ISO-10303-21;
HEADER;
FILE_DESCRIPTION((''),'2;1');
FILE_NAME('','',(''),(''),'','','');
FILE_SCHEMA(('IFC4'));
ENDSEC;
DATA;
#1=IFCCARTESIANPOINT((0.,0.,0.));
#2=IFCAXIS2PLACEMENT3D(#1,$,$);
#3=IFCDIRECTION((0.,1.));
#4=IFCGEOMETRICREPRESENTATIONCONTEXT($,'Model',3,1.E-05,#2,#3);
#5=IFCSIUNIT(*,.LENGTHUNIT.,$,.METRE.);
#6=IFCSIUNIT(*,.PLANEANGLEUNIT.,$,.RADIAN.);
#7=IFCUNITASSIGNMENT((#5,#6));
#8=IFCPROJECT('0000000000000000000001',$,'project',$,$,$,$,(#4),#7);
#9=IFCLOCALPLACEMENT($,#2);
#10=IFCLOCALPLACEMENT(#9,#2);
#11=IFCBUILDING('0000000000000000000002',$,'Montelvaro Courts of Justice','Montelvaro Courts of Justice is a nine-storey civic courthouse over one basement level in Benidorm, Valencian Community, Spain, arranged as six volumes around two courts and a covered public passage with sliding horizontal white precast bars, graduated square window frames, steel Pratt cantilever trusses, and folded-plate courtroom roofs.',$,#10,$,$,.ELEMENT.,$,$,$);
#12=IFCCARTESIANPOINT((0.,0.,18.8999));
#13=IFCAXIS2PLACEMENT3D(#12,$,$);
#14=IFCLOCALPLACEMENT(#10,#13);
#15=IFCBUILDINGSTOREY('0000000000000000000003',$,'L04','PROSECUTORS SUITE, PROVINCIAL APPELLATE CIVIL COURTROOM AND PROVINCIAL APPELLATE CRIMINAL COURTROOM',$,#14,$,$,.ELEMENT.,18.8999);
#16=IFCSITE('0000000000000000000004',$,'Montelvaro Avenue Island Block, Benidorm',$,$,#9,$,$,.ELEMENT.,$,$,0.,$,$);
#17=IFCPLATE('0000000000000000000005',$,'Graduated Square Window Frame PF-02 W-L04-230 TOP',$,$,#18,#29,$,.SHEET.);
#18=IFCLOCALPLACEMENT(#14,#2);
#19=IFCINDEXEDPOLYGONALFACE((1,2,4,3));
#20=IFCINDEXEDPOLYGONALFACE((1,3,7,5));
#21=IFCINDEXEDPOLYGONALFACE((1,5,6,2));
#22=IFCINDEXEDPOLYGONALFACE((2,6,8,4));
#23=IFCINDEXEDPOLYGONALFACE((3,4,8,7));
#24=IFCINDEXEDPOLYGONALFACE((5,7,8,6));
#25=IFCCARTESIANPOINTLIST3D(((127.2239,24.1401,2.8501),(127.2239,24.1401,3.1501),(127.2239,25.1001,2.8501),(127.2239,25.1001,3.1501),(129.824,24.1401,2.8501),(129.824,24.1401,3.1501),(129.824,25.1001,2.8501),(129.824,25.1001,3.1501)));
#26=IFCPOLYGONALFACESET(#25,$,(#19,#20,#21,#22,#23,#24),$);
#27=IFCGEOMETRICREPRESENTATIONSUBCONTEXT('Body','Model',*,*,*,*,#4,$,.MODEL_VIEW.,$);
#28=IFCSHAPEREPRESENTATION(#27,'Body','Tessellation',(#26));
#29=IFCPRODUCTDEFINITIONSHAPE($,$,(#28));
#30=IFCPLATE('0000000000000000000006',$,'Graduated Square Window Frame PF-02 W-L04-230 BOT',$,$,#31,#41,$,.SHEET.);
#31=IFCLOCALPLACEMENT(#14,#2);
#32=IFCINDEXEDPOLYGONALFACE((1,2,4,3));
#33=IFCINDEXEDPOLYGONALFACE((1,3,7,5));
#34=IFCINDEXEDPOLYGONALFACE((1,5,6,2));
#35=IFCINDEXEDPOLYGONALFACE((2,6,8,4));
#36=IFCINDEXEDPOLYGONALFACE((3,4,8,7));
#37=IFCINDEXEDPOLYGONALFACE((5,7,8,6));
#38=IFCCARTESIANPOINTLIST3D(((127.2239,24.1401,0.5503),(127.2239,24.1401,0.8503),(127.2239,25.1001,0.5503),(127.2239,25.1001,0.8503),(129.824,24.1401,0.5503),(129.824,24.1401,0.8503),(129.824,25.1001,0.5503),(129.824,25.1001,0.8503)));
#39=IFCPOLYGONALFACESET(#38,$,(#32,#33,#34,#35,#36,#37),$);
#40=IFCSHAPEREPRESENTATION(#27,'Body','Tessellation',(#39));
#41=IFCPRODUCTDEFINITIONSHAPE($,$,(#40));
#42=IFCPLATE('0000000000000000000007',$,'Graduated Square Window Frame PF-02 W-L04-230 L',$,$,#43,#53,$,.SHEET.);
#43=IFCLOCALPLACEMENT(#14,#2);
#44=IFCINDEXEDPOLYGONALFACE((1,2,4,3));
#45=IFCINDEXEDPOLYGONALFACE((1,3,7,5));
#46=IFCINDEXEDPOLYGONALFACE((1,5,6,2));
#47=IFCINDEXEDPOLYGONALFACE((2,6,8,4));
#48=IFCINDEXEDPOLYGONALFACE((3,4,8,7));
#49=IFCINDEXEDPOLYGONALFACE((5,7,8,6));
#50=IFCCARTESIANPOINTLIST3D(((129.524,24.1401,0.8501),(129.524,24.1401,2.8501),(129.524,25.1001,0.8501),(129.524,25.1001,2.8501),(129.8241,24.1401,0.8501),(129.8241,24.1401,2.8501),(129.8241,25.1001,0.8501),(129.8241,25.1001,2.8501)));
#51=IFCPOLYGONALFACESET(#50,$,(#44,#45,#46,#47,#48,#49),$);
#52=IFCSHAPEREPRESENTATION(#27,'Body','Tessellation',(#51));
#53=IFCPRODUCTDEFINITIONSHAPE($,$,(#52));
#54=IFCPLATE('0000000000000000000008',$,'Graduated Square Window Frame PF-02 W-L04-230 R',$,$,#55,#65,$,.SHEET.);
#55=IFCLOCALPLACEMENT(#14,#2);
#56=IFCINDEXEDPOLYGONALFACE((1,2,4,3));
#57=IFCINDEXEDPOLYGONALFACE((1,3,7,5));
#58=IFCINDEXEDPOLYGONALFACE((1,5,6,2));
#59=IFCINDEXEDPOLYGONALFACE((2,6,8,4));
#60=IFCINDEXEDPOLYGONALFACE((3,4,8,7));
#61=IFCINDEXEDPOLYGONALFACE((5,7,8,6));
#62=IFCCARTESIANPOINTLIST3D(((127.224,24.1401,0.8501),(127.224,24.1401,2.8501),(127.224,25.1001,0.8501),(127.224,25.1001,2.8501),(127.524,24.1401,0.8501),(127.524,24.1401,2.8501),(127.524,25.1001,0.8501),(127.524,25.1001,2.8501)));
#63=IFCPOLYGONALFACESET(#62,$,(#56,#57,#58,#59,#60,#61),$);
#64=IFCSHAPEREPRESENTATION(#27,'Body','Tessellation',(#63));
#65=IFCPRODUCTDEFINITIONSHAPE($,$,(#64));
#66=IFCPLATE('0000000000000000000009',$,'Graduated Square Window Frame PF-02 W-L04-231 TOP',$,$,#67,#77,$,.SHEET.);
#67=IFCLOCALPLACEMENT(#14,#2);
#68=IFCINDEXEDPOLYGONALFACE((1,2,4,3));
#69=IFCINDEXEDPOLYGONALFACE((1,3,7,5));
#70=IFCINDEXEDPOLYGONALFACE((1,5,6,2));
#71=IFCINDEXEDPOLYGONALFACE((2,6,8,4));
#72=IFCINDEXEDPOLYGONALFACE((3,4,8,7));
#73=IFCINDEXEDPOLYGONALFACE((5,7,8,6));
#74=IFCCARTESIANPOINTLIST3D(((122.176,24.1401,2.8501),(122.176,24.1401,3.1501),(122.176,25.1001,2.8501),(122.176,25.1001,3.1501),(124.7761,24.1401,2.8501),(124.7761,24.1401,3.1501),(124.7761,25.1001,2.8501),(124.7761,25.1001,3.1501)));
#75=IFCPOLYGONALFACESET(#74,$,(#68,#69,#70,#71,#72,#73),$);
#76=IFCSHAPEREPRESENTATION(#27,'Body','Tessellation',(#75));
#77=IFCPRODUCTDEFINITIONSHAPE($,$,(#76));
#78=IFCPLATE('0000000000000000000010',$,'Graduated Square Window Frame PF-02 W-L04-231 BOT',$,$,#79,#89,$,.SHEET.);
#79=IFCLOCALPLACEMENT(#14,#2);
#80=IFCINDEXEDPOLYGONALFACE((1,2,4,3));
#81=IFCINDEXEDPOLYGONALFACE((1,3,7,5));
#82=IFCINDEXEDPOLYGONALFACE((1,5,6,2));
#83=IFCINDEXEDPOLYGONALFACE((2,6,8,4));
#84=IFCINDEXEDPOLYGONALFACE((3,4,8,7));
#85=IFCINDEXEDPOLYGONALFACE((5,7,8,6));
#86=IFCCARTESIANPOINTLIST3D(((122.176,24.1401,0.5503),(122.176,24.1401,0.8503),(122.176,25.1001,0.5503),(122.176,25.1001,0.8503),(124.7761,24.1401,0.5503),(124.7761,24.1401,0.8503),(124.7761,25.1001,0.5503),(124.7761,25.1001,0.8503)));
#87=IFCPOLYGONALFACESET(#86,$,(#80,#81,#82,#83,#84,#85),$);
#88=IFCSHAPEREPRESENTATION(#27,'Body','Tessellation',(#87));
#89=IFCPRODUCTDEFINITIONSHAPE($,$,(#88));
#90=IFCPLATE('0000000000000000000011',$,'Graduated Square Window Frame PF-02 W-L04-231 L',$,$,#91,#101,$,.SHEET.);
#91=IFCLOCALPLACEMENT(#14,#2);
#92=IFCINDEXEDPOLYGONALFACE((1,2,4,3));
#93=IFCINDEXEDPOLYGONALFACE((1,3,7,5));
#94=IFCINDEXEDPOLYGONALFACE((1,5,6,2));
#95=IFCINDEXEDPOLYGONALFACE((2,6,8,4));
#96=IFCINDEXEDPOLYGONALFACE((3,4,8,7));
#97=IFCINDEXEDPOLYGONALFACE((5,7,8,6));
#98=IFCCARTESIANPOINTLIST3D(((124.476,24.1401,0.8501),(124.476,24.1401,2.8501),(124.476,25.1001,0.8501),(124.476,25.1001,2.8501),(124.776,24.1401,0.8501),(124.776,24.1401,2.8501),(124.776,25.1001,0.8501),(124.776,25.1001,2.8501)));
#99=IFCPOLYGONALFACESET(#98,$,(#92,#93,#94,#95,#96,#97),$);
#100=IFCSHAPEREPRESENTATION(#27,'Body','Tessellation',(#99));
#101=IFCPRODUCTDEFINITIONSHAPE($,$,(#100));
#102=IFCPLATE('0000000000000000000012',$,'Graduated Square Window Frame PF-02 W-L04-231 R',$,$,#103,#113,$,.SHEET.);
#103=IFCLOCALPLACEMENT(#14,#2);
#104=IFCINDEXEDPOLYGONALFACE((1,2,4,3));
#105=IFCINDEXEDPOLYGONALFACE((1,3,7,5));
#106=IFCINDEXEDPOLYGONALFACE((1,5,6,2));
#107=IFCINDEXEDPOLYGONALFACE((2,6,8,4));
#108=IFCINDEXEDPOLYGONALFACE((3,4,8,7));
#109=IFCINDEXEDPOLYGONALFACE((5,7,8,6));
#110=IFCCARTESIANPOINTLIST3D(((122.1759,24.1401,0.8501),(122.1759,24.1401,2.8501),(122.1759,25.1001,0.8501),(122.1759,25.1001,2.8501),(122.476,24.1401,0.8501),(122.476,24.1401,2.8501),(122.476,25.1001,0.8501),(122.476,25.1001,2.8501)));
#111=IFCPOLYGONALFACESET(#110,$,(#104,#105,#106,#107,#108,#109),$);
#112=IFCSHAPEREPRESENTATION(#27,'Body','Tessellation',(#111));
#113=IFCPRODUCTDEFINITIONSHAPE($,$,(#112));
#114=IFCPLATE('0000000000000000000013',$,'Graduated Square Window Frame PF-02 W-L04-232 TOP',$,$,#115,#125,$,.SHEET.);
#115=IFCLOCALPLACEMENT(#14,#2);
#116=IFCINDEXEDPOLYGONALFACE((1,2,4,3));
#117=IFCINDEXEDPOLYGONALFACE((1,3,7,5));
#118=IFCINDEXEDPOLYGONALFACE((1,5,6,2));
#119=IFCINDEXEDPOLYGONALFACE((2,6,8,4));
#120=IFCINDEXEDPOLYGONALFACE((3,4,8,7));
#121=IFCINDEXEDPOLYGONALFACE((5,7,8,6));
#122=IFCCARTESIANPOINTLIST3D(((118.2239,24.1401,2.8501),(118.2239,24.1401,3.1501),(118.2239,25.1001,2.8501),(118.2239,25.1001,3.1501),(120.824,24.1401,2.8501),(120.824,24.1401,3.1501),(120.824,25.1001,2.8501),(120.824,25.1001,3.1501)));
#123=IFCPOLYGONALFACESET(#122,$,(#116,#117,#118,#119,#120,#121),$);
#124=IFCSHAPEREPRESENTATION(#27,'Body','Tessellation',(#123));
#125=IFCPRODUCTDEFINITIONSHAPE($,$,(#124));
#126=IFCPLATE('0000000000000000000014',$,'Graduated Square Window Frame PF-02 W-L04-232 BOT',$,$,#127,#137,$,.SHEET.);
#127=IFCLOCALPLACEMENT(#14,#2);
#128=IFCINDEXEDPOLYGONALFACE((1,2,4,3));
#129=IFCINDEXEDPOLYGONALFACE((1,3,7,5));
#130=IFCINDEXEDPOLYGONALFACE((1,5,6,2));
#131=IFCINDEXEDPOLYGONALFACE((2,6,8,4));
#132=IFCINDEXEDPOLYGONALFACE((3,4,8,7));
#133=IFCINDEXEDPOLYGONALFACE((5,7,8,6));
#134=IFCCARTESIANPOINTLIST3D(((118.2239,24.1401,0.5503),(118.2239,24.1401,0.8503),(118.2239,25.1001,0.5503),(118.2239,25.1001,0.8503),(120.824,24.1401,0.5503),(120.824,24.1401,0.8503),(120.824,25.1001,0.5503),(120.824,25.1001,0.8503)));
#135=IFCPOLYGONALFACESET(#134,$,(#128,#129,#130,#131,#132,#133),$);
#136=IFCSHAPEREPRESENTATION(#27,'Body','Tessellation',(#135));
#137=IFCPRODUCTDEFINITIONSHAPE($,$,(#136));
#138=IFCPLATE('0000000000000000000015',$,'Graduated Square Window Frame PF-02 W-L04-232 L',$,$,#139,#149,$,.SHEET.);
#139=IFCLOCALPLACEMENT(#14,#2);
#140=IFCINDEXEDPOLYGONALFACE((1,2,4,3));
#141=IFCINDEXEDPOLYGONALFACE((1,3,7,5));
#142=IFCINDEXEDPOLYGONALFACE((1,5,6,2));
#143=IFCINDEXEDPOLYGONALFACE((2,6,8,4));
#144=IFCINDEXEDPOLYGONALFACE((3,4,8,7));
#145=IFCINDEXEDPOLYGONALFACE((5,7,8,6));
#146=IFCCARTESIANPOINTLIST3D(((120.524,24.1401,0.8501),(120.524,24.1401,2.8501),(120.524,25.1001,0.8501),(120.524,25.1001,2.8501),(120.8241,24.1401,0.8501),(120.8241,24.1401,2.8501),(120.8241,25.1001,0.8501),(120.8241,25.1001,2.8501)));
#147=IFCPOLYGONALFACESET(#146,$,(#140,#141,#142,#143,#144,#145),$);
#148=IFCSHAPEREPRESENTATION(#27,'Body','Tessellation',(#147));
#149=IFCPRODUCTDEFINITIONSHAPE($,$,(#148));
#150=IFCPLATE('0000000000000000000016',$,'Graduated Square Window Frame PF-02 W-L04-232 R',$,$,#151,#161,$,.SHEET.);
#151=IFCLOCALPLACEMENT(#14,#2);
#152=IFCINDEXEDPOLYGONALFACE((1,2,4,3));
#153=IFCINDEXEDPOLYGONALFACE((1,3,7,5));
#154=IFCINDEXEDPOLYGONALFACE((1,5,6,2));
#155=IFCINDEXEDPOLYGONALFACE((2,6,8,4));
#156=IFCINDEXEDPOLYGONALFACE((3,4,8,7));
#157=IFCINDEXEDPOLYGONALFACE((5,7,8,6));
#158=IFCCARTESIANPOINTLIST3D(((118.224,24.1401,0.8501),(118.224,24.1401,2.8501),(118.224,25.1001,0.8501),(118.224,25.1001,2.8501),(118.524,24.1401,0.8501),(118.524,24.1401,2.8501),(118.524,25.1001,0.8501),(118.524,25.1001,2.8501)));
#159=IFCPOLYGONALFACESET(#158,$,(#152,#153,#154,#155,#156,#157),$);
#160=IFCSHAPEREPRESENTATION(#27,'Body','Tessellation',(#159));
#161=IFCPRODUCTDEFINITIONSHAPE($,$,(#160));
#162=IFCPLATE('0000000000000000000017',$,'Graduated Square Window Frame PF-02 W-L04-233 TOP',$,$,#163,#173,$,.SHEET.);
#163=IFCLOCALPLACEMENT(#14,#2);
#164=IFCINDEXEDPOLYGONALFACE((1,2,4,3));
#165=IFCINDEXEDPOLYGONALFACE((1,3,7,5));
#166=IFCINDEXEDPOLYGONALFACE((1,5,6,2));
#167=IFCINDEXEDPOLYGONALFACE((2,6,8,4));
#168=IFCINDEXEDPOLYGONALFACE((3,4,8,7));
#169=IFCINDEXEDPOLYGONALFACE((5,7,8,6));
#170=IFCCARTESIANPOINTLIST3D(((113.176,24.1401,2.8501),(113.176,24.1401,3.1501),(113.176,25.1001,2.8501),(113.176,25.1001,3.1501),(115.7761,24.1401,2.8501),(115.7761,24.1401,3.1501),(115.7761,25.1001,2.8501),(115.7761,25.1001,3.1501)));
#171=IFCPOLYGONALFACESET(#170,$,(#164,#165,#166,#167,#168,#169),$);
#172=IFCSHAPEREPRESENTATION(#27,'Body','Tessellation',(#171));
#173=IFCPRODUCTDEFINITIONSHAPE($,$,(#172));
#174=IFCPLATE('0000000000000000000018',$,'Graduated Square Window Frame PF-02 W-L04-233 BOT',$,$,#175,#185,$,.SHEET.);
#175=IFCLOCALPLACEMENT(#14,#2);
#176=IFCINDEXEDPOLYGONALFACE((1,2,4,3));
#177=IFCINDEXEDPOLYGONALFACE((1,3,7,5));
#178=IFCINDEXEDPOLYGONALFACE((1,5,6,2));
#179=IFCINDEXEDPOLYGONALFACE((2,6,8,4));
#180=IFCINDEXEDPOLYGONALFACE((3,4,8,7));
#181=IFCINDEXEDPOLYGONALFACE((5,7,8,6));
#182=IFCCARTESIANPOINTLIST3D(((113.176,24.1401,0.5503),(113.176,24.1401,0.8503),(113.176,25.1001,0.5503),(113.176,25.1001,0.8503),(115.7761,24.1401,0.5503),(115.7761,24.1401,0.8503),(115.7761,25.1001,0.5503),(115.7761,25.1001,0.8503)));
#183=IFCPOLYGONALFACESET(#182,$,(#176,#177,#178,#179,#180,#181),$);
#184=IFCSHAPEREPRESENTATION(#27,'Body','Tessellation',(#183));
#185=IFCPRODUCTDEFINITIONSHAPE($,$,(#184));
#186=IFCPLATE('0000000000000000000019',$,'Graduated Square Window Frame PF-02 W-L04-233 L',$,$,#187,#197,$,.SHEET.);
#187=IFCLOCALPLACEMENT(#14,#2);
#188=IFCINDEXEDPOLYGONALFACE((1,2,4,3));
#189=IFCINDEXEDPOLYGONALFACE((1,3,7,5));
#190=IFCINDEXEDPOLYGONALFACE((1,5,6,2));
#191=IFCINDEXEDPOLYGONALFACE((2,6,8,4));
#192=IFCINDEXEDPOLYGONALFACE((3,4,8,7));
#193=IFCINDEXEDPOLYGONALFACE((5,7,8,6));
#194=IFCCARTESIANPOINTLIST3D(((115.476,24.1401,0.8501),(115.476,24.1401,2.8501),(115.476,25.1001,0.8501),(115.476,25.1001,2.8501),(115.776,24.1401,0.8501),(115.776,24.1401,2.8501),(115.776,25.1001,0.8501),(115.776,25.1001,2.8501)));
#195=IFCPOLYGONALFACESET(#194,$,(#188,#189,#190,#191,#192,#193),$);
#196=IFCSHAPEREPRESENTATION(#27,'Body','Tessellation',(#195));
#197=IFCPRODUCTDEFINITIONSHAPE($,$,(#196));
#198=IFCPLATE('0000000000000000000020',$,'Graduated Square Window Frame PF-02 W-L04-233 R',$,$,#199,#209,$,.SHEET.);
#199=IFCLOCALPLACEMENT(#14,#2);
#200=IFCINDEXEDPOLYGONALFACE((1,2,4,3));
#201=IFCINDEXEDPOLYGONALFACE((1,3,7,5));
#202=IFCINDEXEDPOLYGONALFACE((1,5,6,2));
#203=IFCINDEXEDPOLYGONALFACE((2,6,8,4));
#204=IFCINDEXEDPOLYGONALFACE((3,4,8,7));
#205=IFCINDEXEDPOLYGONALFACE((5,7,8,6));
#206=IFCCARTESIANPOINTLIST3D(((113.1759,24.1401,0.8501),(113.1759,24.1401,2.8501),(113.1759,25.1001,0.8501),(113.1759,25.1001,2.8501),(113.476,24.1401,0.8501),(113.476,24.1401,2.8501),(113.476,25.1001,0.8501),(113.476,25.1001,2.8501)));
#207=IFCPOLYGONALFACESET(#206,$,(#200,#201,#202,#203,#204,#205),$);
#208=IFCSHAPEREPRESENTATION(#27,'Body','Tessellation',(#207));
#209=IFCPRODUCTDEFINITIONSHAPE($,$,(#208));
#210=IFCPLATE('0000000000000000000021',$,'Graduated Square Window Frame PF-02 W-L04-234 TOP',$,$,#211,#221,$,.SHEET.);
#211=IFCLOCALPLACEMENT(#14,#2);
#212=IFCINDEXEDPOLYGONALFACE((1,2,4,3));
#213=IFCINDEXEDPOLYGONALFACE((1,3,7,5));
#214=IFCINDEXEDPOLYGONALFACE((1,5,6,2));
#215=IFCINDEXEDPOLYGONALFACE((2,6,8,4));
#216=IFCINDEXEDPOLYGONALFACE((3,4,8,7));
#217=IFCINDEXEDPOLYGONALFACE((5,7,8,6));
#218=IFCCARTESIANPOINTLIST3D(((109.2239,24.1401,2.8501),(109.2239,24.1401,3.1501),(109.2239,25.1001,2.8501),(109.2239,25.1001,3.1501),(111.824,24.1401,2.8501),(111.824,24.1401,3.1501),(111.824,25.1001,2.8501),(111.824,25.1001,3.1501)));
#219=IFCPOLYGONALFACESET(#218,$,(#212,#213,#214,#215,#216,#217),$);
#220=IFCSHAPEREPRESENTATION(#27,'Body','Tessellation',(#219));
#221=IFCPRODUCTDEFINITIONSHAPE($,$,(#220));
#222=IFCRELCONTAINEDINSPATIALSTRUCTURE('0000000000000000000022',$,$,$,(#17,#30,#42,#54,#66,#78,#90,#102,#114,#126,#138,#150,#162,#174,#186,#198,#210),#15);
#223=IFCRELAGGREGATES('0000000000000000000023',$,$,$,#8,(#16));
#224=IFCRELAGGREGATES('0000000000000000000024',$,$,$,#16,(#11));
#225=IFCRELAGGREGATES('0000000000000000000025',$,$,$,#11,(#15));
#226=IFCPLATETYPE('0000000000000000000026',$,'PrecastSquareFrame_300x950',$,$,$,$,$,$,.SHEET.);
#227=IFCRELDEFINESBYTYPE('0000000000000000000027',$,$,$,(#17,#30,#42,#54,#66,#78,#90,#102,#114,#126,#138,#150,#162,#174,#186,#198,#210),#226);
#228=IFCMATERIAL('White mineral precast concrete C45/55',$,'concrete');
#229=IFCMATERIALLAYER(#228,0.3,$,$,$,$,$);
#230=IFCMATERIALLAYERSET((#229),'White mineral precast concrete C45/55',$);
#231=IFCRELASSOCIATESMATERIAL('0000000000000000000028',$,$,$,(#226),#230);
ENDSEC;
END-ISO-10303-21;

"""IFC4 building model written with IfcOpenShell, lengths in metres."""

from ifc_helpers import new_model, si_unit, direction, frame, origin, origin_2d, place, context, subcontext, project, spatial, rectangle, extrude, material, layer, layer_set, type_object, element, save


model = new_model("IFC4")

# Units and contexts
model_context = context("Model", 3, precision=1e-05, world=origin(), true_north=direction((0.0, 1.0)))
body_context = subcontext(model_context, "Body", "Model", "MODEL_VIEW")
ifc_project = project(units=[si_unit("LENGTHUNIT", "METRE"), si_unit("PLANEANGLEUNIT", "RADIAN")], contexts=[model_context])

# Site, building, storey
site_placement = place(None, origin())
site = spatial("IfcSite", under=ifc_project, at=site_placement, Name="Montelvaro Avenue Island Block, Benidorm", CompositionType="ELEMENT", RefElevation=0.0)
building_placement = place(site_placement, origin())
building = spatial("IfcBuilding", under=site, at=building_placement, Name="Montelvaro Courts of Justice", Description="Montelvaro Courts of Justice is a nine-storey civic courthouse over one basement level in Benidorm, Valencian Community, Spain, arranged as six volumes around two courts and a covered public passage with sliding horizontal white precast bars, graduated square window frames, steel Pratt cantilever trusses, and folded-plate courtroom roofs.", CompositionType="ELEMENT")
storey_placement = place(building_placement, frame((0.0, 0.0, 18.8999)))
storey = spatial("IfcBuildingStorey", under=building, at=storey_placement, Name="L04", Description="PROSECUTORS SUITE, PROVINCIAL APPELLATE CIVIL COURTROOM AND PROVINCIAL APPELLATE CRIMINAL COURTROOM", CompositionType="ELEMENT", Elevation=18.8999)

# Plates
ifc_material_1 = material(Name="White mineral precast concrete C45/55", Category="concrete")
ifc_layer_1 = layer(ifc_material_1, 0.3)
ifc_layer_set_1 = layer_set([ifc_layer_1], Name="White mineral precast concrete C45/55")
plate_type_1 = type_object("IfcPlateType", Name="PrecastSquareFrame_300x950", PredefinedType="SHEET", material=ifc_layer_set_1)
for number, where, z_axis, x_axis, name in (
    (1, (128.5239, 24.6201, 2.8501), (0.0, 0.0, 1.0), (-1.0, 0.0, 0.0), "Graduated Square Window Frame PF-02 W-L04-230 TOP"),
    (2, (128.5239, 24.6201, 0.5503), (0.0, 0.0, 1.0), (-1.0, 0.0, 0.0), "Graduated Square Window Frame PF-02 W-L04-230 BOT"),
):
    element("IfcPlate", number, at=place(storey_placement, frame(where, z_axis=z_axis, x_axis=x_axis)), inside=storey, type_object=plate_type_1, Name=name, PredefinedType="SHEET", context=body_context, shape_type="SweptSolid", body=[
        extrude(rectangle(XDim=2.6001, YDim=0.96, at=origin_2d()), origin(), (0.0, 0.0, 1.0), 0.3),
    ])
for number, where, z_axis, x_axis, name in (
    (3, (129.6741, 24.6201, 0.8501), (0.0, 0.0, 1.0), (-1.0, 0.0, 0.0), "Graduated Square Window Frame PF-02 W-L04-230 L"),
    (4, (127.374, 24.6201, 0.8501), (0.0, 0.0, 1.0), (-1.0, 0.0, 0.0), "Graduated Square Window Frame PF-02 W-L04-230 R"),
):
    element("IfcPlate", number, at=place(storey_placement, frame(where, z_axis=z_axis, x_axis=x_axis)), inside=storey, type_object=plate_type_1, Name=name, PredefinedType="SHEET", context=body_context, shape_type="SweptSolid", body=[
        extrude(rectangle(XDim=0.3, YDim=0.96, at=origin_2d()), origin(), (0.0, 0.0, 1.0), 2.0),
    ])
for number, where, z_axis, x_axis, name in (
    (5, (123.4761, 24.6201, 2.8501), (0.0, 0.0, 1.0), (-1.0, 0.0, 0.0), "Graduated Square Window Frame PF-02 W-L04-231 TOP"),
    (6, (123.4761, 24.6201, 0.5503), (0.0, 0.0, 1.0), (-1.0, 0.0, 0.0), "Graduated Square Window Frame PF-02 W-L04-231 BOT"),
):
    element("IfcPlate", number, at=place(storey_placement, frame(where, z_axis=z_axis, x_axis=x_axis)), inside=storey, type_object=plate_type_1, Name=name, PredefinedType="SHEET", context=body_context, shape_type="SweptSolid", body=[
        extrude(rectangle(XDim=2.6001, YDim=0.96, at=origin_2d()), origin(), (0.0, 0.0, 1.0), 0.3),
    ])
for number, where, z_axis, x_axis, name in (
    (7, (124.626, 24.6201, 0.8501), (0.0, 0.0, 1.0), (-1.0, 0.0, 0.0), "Graduated Square Window Frame PF-02 W-L04-231 L"),
    (8, (122.3259, 24.6201, 0.8501), (0.0, 0.0, 1.0), (-1.0, 0.0, 0.0), "Graduated Square Window Frame PF-02 W-L04-231 R"),
):
    element("IfcPlate", number, at=place(storey_placement, frame(where, z_axis=z_axis, x_axis=x_axis)), inside=storey, type_object=plate_type_1, Name=name, PredefinedType="SHEET", context=body_context, shape_type="SweptSolid", body=[
        extrude(rectangle(XDim=0.3, YDim=0.96, at=origin_2d()), origin(), (0.0, 0.0, 1.0), 2.0),
    ])
for number, where, z_axis, x_axis, name in (
    (9, (119.5239, 24.6201, 2.8501), (0.0, 0.0, 1.0), (-1.0, 0.0, 0.0), "Graduated Square Window Frame PF-02 W-L04-232 TOP"),
    (10, (119.5239, 24.6201, 0.5503), (0.0, 0.0, 1.0), (-1.0, 0.0, 0.0), "Graduated Square Window Frame PF-02 W-L04-232 BOT"),
):
    element("IfcPlate", number, at=place(storey_placement, frame(where, z_axis=z_axis, x_axis=x_axis)), inside=storey, type_object=plate_type_1, Name=name, PredefinedType="SHEET", context=body_context, shape_type="SweptSolid", body=[
        extrude(rectangle(XDim=2.6001, YDim=0.96, at=origin_2d()), origin(), (0.0, 0.0, 1.0), 0.3),
    ])
for number, where, z_axis, x_axis, name in (
    (11, (120.6741, 24.6201, 0.8501), (0.0, 0.0, 1.0), (-1.0, 0.0, 0.0), "Graduated Square Window Frame PF-02 W-L04-232 L"),
    (12, (118.374, 24.6201, 0.8501), (0.0, 0.0, 1.0), (-1.0, 0.0, 0.0), "Graduated Square Window Frame PF-02 W-L04-232 R"),
):
    element("IfcPlate", number, at=place(storey_placement, frame(where, z_axis=z_axis, x_axis=x_axis)), inside=storey, type_object=plate_type_1, Name=name, PredefinedType="SHEET", context=body_context, shape_type="SweptSolid", body=[
        extrude(rectangle(XDim=0.3, YDim=0.96, at=origin_2d()), origin(), (0.0, 0.0, 1.0), 2.0),
    ])
for number, where, z_axis, x_axis, name in (
    (13, (114.4761, 24.6201, 2.8501), (0.0, 0.0, 1.0), (-1.0, 0.0, 0.0), "Graduated Square Window Frame PF-02 W-L04-233 TOP"),
    (14, (114.4761, 24.6201, 0.5503), (0.0, 0.0, 1.0), (-1.0, 0.0, 0.0), "Graduated Square Window Frame PF-02 W-L04-233 BOT"),
):
    element("IfcPlate", number, at=place(storey_placement, frame(where, z_axis=z_axis, x_axis=x_axis)), inside=storey, type_object=plate_type_1, Name=name, PredefinedType="SHEET", context=body_context, shape_type="SweptSolid", body=[
        extrude(rectangle(XDim=2.6001, YDim=0.96, at=origin_2d()), origin(), (0.0, 0.0, 1.0), 0.3),
    ])
for number, where, z_axis, x_axis, name in (
    (15, (115.626, 24.6201, 0.8501), (0.0, 0.0, 1.0), (-1.0, 0.0, 0.0), "Graduated Square Window Frame PF-02 W-L04-233 L"),
    (16, (113.3259, 24.6201, 0.8501), (0.0, 0.0, 1.0), (-1.0, 0.0, 0.0), "Graduated Square Window Frame PF-02 W-L04-233 R"),
):
    element("IfcPlate", number, at=place(storey_placement, frame(where, z_axis=z_axis, x_axis=x_axis)), inside=storey, type_object=plate_type_1, Name=name, PredefinedType="SHEET", context=body_context, shape_type="SweptSolid", body=[
        extrude(rectangle(XDim=0.3, YDim=0.96, at=origin_2d()), origin(), (0.0, 0.0, 1.0), 2.0),
    ])
for number, where, z_axis, x_axis, name in (
    (17, (110.5239, 24.6201, 2.8501), (0.0, 0.0, 1.0), (-1.0, 0.0, 0.0), "Graduated Square Window Frame PF-02 W-L04-234 TOP"),
):
    element("IfcPlate", number, at=place(storey_placement, frame(where, z_axis=z_axis, x_axis=x_axis)), inside=storey, type_object=plate_type_1, Name=name, PredefinedType="SHEET", context=body_context, shape_type="SweptSolid", body=[
        extrude(rectangle(XDim=2.6001, YDim=0.96, at=origin_2d()), origin(), (0.0, 0.0, 1.0), 0.3),
    ])

save(model, "model.ifc")
